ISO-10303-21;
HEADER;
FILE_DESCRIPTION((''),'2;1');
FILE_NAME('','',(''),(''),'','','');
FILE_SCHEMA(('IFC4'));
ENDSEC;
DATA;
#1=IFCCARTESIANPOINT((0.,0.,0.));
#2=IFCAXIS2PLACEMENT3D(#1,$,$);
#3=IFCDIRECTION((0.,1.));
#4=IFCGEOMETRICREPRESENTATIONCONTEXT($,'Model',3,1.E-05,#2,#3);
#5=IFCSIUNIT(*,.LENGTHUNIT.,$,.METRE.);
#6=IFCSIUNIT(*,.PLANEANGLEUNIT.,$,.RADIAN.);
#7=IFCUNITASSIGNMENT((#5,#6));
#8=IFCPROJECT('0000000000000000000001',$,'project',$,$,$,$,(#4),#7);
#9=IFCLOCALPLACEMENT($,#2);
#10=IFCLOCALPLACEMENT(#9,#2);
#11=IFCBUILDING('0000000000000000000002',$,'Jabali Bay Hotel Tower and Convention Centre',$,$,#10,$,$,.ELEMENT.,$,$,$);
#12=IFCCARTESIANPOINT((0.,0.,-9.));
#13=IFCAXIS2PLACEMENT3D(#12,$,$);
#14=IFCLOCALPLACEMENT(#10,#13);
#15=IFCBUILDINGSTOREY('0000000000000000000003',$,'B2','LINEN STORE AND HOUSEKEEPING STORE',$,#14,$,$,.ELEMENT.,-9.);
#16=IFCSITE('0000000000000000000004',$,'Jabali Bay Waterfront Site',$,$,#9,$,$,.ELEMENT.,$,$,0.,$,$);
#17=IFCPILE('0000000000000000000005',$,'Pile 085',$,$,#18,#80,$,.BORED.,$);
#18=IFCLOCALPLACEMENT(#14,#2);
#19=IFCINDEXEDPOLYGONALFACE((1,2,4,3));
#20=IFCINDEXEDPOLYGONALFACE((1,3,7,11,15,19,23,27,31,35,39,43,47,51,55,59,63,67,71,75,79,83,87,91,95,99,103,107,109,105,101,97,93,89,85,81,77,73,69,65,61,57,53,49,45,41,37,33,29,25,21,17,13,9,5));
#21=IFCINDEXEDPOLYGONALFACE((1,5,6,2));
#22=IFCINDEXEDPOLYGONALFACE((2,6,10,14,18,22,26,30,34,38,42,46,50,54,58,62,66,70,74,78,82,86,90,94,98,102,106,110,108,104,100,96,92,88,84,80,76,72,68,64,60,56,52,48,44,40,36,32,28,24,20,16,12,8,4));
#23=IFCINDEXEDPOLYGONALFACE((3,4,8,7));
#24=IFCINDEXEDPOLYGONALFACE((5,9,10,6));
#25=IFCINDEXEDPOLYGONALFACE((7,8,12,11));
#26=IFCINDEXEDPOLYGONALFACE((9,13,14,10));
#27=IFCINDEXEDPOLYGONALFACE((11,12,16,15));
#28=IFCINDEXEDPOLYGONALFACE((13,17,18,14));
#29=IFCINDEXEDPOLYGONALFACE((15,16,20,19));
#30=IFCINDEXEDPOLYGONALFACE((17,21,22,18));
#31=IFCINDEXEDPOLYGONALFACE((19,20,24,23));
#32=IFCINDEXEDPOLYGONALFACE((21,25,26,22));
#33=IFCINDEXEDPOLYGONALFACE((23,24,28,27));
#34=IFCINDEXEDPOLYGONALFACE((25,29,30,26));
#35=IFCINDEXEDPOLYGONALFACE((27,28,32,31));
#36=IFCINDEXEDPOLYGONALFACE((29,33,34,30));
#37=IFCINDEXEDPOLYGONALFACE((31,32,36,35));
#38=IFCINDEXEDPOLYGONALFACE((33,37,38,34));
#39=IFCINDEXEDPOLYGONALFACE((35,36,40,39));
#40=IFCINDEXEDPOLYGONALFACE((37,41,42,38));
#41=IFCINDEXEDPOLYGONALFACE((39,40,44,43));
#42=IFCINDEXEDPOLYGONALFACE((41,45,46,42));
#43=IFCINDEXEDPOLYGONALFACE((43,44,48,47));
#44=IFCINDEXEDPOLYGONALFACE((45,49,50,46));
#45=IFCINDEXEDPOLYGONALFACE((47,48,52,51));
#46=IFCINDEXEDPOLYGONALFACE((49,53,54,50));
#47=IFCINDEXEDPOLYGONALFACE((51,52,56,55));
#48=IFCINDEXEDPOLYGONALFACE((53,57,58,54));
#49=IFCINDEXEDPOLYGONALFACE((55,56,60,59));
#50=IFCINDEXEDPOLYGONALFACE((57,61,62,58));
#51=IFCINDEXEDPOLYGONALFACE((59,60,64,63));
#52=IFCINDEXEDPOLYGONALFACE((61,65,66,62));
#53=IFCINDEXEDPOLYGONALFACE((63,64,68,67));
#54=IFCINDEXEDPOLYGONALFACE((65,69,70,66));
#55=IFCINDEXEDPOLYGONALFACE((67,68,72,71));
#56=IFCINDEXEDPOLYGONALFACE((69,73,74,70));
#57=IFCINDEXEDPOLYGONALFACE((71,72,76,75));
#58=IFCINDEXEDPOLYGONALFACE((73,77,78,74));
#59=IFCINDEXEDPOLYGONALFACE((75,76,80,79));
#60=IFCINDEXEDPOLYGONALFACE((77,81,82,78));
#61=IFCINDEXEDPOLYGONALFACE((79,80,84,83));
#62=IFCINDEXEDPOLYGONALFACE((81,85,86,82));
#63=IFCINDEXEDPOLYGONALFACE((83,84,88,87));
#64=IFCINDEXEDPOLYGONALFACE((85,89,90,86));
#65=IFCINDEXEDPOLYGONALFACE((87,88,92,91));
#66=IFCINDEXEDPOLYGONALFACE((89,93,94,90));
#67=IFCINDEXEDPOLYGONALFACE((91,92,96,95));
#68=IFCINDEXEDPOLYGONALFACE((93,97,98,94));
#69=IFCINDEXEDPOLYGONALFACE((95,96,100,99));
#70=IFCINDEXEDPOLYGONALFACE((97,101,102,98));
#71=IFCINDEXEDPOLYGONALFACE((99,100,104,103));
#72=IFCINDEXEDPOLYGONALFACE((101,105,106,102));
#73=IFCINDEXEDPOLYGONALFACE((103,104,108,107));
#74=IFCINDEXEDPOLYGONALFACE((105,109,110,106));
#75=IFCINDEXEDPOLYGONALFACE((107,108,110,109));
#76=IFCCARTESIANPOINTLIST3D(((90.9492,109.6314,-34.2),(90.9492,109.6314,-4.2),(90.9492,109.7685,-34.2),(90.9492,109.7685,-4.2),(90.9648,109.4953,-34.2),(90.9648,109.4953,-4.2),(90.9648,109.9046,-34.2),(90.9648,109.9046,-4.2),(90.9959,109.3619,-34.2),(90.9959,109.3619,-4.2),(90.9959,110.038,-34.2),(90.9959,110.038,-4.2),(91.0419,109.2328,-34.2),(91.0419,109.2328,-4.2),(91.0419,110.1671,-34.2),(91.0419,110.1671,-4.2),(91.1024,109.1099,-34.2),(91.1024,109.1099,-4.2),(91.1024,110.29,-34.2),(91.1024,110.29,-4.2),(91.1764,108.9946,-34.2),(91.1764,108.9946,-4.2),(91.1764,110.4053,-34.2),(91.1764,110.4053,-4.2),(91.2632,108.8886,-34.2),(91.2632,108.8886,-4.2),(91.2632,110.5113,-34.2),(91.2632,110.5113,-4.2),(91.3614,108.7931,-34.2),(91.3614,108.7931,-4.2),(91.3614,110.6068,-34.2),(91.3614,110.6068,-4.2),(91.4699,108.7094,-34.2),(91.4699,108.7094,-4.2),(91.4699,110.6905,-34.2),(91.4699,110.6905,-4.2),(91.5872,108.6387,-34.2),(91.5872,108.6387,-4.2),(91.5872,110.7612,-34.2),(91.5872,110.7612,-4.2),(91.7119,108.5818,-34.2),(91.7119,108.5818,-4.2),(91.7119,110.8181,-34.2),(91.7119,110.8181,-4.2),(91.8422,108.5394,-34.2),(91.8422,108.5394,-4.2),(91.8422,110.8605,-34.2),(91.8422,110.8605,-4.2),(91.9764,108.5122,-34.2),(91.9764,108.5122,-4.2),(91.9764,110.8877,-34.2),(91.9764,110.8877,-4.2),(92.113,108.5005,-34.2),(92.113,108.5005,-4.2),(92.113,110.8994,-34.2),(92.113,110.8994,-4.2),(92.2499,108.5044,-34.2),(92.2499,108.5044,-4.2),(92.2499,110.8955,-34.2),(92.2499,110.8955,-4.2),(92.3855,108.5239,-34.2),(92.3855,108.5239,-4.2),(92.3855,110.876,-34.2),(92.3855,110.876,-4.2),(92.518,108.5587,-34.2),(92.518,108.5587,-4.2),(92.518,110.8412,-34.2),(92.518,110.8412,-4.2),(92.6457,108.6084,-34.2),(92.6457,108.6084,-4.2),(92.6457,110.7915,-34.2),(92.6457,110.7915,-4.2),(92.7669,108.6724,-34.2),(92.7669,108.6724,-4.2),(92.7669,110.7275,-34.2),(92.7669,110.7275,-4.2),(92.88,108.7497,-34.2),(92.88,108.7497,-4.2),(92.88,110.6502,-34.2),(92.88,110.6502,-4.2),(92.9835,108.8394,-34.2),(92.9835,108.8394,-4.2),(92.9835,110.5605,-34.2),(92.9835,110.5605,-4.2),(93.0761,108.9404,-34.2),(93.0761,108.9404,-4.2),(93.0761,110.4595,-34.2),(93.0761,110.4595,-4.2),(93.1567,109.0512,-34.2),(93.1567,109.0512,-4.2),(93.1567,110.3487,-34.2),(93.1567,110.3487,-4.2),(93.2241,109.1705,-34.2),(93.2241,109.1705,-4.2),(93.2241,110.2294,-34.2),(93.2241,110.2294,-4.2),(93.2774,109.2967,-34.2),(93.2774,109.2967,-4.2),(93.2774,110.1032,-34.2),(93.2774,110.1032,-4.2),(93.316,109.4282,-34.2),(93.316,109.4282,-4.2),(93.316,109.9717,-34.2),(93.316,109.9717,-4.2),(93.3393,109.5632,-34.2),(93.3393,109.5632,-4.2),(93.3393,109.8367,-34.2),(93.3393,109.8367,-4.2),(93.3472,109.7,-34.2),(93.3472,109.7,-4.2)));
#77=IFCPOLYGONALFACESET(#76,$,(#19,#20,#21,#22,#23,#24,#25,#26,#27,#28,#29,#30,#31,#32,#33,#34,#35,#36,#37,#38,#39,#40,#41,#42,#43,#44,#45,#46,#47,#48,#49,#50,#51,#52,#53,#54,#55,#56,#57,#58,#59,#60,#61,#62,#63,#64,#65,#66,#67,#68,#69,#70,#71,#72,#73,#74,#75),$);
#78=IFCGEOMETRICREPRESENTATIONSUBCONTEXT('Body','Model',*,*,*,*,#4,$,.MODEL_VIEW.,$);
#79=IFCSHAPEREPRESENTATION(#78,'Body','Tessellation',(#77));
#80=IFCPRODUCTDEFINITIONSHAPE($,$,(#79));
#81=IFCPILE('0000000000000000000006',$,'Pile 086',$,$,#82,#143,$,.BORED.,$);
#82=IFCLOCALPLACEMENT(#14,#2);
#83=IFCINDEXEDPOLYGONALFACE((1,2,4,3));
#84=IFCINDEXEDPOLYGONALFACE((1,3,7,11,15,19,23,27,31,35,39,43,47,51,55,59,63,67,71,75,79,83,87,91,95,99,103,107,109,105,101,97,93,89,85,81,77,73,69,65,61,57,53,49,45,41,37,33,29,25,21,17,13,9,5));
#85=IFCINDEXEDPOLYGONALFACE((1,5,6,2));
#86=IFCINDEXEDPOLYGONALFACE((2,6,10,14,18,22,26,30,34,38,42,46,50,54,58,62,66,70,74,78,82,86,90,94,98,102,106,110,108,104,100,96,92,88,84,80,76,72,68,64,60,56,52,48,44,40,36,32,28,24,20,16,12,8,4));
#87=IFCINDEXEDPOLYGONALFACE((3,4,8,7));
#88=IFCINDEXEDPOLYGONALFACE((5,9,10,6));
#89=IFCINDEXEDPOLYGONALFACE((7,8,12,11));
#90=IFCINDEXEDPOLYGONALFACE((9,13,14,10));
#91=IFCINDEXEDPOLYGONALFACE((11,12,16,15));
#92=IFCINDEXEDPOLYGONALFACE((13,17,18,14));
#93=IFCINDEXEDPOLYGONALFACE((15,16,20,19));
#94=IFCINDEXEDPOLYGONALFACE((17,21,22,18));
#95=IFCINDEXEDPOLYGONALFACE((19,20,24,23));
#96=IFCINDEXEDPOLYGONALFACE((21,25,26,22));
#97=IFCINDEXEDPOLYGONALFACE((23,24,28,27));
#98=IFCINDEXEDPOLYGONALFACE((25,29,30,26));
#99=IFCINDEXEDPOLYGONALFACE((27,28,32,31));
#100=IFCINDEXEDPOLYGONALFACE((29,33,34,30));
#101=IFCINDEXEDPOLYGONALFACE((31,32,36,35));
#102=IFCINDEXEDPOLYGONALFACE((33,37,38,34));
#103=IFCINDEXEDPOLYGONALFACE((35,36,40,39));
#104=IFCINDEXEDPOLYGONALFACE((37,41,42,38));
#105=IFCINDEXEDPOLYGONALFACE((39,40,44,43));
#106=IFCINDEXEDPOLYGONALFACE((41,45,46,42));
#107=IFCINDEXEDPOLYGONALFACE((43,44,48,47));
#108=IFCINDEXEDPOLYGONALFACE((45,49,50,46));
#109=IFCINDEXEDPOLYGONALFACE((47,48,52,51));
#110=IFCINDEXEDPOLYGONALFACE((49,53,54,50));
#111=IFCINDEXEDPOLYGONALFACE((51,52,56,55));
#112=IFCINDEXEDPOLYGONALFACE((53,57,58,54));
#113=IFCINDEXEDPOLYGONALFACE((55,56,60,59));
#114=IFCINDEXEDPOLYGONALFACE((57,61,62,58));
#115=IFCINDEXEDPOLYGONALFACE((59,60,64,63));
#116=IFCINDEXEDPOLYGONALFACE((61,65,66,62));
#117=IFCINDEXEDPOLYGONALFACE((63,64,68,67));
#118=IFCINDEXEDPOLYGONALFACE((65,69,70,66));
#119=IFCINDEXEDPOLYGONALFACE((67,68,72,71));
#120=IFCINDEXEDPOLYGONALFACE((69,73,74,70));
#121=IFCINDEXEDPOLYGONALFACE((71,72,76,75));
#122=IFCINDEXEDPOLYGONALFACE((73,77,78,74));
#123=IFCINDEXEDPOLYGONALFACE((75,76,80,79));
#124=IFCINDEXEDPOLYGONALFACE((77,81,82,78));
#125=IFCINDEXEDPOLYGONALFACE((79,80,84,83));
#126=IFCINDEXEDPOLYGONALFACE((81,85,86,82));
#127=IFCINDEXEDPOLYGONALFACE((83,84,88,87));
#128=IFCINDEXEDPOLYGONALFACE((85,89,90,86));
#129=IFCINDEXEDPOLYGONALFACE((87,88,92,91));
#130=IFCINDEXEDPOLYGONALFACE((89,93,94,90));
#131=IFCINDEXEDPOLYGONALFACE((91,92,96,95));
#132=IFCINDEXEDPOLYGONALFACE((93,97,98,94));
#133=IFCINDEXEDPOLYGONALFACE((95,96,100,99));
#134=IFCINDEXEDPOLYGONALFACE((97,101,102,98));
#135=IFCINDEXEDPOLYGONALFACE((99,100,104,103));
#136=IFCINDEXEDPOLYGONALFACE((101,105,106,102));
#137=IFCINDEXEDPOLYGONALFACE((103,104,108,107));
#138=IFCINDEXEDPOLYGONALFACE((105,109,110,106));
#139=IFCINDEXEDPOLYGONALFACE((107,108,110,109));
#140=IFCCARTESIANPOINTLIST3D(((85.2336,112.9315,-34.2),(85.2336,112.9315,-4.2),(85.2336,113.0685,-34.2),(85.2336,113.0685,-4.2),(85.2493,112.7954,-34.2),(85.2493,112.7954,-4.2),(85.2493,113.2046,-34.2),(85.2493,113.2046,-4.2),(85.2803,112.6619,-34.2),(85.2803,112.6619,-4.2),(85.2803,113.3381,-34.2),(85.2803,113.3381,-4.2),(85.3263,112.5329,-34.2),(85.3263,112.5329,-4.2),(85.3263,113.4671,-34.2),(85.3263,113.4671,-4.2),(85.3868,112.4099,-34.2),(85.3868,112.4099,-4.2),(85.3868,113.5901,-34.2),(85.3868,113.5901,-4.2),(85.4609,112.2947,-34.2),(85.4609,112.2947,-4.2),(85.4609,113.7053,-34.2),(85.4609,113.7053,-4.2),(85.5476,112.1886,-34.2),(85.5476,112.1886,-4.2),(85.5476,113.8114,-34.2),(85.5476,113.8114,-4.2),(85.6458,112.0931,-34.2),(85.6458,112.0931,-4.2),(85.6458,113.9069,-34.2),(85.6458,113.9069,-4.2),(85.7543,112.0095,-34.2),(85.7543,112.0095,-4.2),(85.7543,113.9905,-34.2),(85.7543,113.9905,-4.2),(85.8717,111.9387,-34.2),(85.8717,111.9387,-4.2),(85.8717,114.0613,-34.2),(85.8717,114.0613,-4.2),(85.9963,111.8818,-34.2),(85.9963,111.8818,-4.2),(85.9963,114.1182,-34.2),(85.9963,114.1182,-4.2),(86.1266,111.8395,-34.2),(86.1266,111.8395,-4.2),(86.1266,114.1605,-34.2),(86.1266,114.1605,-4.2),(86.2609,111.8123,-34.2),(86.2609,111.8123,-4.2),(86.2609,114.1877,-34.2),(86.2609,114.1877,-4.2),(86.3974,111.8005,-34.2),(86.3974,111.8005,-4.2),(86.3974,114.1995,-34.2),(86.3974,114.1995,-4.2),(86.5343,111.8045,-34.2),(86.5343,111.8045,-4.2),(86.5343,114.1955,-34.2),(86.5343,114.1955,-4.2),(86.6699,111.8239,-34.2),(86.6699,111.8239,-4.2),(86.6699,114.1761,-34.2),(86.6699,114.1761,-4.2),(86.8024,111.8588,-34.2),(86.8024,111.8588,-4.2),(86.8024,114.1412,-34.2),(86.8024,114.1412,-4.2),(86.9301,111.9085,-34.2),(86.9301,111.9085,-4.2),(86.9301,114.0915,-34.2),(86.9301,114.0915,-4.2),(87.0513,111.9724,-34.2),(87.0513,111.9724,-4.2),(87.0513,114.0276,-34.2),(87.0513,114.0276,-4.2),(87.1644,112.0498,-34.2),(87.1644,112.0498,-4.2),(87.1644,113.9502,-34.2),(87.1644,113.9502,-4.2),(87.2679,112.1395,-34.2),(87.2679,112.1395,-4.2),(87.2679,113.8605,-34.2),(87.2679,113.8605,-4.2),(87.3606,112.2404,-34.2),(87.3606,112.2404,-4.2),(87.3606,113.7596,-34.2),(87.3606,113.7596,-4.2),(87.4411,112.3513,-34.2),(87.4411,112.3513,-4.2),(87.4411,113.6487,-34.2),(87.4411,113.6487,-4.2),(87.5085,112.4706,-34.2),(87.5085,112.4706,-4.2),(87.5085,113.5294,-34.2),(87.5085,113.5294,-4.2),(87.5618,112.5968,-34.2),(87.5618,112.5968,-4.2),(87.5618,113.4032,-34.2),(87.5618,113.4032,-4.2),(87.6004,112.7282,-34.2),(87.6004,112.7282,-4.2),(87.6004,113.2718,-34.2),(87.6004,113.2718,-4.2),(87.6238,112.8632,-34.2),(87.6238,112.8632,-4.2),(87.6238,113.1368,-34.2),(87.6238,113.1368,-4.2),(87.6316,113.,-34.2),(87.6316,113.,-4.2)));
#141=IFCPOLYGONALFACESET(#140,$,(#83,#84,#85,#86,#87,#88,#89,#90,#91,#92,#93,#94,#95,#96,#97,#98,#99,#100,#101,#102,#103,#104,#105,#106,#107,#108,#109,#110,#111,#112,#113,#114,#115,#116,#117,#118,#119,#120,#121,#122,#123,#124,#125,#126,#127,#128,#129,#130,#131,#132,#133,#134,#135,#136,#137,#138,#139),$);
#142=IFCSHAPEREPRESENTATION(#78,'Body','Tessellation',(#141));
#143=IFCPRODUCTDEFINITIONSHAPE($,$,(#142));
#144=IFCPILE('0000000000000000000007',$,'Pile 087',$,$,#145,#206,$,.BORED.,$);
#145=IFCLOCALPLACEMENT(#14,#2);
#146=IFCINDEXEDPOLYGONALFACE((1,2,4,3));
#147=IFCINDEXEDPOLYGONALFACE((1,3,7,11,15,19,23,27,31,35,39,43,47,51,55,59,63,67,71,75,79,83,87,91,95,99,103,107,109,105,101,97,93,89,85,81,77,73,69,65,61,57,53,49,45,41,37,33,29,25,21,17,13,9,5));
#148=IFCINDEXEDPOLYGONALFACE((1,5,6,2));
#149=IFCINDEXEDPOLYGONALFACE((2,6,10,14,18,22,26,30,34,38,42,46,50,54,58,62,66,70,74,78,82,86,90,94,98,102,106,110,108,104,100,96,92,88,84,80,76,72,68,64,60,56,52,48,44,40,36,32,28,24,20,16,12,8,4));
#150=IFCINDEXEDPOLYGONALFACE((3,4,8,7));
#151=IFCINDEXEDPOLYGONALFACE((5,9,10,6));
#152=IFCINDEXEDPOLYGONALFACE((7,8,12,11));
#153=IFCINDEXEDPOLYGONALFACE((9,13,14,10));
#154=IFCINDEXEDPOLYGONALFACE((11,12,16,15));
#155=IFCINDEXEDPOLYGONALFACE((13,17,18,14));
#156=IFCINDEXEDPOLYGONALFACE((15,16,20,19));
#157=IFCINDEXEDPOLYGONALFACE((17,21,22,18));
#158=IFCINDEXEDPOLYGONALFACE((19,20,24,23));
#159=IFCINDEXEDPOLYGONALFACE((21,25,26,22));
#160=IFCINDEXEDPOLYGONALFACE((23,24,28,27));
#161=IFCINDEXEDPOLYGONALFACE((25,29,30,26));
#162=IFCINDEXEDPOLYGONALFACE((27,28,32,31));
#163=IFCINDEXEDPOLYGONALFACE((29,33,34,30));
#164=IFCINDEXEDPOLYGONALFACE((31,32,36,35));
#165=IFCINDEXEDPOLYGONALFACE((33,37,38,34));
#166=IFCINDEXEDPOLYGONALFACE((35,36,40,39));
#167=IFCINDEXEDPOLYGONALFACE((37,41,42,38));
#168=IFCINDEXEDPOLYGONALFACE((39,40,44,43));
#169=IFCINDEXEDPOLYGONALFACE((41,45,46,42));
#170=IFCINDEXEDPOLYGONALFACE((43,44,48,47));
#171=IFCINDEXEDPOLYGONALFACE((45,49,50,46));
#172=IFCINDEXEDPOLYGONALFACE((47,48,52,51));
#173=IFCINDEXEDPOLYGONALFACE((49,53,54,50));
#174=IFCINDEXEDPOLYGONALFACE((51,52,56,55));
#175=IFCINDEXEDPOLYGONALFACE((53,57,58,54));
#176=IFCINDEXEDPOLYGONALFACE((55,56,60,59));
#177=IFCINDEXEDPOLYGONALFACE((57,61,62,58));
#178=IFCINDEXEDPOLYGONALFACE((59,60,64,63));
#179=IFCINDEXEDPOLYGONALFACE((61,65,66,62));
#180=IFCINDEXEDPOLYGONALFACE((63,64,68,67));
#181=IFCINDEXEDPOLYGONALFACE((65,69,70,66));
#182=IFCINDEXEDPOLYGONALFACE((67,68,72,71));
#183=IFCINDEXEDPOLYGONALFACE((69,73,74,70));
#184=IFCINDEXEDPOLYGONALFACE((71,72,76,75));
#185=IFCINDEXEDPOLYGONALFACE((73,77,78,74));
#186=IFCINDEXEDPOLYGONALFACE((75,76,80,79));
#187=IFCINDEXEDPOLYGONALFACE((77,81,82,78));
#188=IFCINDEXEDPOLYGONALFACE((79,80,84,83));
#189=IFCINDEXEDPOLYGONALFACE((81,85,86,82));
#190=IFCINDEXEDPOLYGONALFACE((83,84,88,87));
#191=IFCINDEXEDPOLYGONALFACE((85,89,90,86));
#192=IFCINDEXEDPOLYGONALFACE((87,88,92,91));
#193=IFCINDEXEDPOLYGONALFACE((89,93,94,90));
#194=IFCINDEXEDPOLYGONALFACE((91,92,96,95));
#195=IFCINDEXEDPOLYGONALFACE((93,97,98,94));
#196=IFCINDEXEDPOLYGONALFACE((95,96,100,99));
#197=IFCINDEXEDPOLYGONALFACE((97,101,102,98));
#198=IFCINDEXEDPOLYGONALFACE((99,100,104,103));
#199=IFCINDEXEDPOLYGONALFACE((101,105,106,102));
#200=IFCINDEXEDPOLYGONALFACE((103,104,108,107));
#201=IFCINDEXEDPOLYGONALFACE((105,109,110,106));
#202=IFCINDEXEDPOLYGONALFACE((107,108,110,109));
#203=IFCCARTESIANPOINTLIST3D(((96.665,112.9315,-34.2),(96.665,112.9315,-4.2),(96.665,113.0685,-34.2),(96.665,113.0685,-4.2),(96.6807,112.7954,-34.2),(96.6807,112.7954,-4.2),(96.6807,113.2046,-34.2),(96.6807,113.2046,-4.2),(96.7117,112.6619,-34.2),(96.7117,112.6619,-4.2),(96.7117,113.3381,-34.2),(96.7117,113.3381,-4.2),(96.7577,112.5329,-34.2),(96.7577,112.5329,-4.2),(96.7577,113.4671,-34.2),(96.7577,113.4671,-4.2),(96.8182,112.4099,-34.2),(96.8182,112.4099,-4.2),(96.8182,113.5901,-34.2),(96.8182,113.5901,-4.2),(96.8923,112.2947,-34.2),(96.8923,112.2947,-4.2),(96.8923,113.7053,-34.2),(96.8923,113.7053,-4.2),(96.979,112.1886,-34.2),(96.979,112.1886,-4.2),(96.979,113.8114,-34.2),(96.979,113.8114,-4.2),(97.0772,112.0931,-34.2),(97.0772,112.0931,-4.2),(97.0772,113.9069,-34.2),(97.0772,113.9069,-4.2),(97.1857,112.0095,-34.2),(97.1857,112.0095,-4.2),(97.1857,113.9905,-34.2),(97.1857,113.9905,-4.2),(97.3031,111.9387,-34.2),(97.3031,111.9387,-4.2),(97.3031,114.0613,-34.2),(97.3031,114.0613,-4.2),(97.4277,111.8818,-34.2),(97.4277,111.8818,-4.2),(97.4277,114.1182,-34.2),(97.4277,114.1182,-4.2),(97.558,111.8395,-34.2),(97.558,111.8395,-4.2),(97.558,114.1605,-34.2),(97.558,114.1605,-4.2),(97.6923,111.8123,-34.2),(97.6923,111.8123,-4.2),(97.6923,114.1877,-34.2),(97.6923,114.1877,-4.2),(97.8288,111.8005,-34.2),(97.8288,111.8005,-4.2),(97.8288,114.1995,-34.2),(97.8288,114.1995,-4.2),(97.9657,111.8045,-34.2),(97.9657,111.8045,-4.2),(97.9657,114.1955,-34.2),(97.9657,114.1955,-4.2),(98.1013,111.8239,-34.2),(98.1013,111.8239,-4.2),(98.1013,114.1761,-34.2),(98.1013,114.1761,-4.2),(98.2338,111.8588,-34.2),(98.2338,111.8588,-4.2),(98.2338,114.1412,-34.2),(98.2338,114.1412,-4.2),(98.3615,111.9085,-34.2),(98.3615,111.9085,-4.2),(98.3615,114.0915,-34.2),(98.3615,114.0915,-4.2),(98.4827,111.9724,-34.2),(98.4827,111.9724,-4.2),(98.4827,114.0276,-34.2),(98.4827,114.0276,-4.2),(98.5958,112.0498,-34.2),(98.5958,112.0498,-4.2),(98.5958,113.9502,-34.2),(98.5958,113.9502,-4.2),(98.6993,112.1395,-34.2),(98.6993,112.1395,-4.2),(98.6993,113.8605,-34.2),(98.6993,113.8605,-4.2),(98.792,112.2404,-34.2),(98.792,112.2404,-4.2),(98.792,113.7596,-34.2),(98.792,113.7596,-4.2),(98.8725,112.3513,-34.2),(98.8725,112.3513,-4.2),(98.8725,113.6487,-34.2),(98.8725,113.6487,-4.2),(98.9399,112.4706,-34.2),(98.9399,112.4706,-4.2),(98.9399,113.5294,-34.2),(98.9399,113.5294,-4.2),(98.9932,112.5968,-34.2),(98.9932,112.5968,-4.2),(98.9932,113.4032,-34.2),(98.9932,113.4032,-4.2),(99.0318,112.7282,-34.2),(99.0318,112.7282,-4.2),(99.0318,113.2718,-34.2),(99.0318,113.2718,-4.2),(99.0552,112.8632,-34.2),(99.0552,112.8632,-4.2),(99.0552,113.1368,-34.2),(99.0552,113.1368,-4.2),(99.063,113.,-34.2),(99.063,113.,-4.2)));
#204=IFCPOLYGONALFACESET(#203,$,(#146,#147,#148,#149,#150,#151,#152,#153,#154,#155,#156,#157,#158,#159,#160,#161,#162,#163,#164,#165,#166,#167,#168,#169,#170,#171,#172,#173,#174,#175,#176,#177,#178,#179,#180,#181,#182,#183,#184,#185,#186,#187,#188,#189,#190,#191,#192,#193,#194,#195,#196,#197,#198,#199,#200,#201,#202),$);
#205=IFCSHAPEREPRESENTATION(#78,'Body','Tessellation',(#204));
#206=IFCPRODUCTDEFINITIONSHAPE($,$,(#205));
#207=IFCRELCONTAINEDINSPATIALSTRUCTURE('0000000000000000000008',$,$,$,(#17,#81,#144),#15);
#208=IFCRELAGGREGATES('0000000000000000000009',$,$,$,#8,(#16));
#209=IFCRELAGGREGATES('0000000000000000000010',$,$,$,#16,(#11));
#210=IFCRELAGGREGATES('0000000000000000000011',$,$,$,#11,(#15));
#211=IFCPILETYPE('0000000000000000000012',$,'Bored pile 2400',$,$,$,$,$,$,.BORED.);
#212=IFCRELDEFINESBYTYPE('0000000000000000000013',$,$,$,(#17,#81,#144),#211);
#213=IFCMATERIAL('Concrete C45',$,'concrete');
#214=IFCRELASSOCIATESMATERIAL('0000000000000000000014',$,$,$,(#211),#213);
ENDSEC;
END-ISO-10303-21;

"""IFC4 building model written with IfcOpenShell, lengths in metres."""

from ifc_helpers import new_model, si_unit, direction, frame, origin, origin_2d, place, context, subcontext, project, spatial, circle, extrude, material, material_profile, profile_set, type_object, element, save


model = new_model("IFC4")

# Units and contexts
model_context = context("Model", 3, precision=1e-05, world=origin(), true_north=direction((0.0, 1.0)))
body_context = subcontext(model_context, "Body", "Model", "MODEL_VIEW")
ifc_project = project(units=[si_unit("LENGTHUNIT", "METRE"), si_unit("PLANEANGLEUNIT", "RADIAN")], contexts=[model_context])

# Site, building, storey
site_placement = place(None, origin())
site = spatial("IfcSite", under=ifc_project, at=site_placement, Name="Jabali Bay Waterfront Site", CompositionType="ELEMENT", RefElevation=0.0)
building_placement = place(site_placement, origin())
building = spatial("IfcBuilding", under=site, at=building_placement, Name="Jabali Bay Hotel Tower and Convention Centre", CompositionType="ELEMENT")
storey_placement = place(building_placement, frame((0.0, 0.0, -9.0)))
storey = spatial("IfcBuildingStorey", under=building, at=storey_placement, Name="B2", Description="LINEN STORE AND HOUSEKEEPING STORE", CompositionType="ELEMENT", Elevation=-9.0)

# Piles
ifc_material_1 = material(Name="Concrete C45", Category="concrete")
ifc_material_profile_1 = material_profile(ifc_material_1, circle(Radius=1.2, at=origin_2d()), Name="Bored pile 2400")
ifc_profile_set_1 = profile_set([ifc_material_profile_1], Name="Concrete C45")
pile_type = type_object("IfcPileType", Name="Bored pile 2400", PredefinedType="BORED", material=ifc_profile_set_1)
for number, where, z_axis, x_axis, name in (
    (1, (92.1472, 109.7, -4.2), (0.0, 0.0, -1.0), (1.0, 0.0, 0.0), "Pile 085"),
    (2, (86.4316, 113.0, -4.2), (0.0, 0.0, -1.0), (1.0, 0.0, 0.0), "Pile 086"),
    (3, (97.863, 113.0, -4.2), (0.0, 0.0, -1.0), (1.0, 0.0, 0.0), "Pile 087"),
):
    element("IfcPile", number, at=place(storey_placement, frame(where, z_axis=z_axis, x_axis=x_axis)), inside=storey, type_object=pile_type, Name=name, PredefinedType="BORED", context=body_context, shape_type="SweptSolid", body=[
        extrude(circle(Radius=1.2, at=origin_2d()), origin(), (0.0, 0.0, 1.0), 30.0),
    ])

save(model, "model.ifc")
